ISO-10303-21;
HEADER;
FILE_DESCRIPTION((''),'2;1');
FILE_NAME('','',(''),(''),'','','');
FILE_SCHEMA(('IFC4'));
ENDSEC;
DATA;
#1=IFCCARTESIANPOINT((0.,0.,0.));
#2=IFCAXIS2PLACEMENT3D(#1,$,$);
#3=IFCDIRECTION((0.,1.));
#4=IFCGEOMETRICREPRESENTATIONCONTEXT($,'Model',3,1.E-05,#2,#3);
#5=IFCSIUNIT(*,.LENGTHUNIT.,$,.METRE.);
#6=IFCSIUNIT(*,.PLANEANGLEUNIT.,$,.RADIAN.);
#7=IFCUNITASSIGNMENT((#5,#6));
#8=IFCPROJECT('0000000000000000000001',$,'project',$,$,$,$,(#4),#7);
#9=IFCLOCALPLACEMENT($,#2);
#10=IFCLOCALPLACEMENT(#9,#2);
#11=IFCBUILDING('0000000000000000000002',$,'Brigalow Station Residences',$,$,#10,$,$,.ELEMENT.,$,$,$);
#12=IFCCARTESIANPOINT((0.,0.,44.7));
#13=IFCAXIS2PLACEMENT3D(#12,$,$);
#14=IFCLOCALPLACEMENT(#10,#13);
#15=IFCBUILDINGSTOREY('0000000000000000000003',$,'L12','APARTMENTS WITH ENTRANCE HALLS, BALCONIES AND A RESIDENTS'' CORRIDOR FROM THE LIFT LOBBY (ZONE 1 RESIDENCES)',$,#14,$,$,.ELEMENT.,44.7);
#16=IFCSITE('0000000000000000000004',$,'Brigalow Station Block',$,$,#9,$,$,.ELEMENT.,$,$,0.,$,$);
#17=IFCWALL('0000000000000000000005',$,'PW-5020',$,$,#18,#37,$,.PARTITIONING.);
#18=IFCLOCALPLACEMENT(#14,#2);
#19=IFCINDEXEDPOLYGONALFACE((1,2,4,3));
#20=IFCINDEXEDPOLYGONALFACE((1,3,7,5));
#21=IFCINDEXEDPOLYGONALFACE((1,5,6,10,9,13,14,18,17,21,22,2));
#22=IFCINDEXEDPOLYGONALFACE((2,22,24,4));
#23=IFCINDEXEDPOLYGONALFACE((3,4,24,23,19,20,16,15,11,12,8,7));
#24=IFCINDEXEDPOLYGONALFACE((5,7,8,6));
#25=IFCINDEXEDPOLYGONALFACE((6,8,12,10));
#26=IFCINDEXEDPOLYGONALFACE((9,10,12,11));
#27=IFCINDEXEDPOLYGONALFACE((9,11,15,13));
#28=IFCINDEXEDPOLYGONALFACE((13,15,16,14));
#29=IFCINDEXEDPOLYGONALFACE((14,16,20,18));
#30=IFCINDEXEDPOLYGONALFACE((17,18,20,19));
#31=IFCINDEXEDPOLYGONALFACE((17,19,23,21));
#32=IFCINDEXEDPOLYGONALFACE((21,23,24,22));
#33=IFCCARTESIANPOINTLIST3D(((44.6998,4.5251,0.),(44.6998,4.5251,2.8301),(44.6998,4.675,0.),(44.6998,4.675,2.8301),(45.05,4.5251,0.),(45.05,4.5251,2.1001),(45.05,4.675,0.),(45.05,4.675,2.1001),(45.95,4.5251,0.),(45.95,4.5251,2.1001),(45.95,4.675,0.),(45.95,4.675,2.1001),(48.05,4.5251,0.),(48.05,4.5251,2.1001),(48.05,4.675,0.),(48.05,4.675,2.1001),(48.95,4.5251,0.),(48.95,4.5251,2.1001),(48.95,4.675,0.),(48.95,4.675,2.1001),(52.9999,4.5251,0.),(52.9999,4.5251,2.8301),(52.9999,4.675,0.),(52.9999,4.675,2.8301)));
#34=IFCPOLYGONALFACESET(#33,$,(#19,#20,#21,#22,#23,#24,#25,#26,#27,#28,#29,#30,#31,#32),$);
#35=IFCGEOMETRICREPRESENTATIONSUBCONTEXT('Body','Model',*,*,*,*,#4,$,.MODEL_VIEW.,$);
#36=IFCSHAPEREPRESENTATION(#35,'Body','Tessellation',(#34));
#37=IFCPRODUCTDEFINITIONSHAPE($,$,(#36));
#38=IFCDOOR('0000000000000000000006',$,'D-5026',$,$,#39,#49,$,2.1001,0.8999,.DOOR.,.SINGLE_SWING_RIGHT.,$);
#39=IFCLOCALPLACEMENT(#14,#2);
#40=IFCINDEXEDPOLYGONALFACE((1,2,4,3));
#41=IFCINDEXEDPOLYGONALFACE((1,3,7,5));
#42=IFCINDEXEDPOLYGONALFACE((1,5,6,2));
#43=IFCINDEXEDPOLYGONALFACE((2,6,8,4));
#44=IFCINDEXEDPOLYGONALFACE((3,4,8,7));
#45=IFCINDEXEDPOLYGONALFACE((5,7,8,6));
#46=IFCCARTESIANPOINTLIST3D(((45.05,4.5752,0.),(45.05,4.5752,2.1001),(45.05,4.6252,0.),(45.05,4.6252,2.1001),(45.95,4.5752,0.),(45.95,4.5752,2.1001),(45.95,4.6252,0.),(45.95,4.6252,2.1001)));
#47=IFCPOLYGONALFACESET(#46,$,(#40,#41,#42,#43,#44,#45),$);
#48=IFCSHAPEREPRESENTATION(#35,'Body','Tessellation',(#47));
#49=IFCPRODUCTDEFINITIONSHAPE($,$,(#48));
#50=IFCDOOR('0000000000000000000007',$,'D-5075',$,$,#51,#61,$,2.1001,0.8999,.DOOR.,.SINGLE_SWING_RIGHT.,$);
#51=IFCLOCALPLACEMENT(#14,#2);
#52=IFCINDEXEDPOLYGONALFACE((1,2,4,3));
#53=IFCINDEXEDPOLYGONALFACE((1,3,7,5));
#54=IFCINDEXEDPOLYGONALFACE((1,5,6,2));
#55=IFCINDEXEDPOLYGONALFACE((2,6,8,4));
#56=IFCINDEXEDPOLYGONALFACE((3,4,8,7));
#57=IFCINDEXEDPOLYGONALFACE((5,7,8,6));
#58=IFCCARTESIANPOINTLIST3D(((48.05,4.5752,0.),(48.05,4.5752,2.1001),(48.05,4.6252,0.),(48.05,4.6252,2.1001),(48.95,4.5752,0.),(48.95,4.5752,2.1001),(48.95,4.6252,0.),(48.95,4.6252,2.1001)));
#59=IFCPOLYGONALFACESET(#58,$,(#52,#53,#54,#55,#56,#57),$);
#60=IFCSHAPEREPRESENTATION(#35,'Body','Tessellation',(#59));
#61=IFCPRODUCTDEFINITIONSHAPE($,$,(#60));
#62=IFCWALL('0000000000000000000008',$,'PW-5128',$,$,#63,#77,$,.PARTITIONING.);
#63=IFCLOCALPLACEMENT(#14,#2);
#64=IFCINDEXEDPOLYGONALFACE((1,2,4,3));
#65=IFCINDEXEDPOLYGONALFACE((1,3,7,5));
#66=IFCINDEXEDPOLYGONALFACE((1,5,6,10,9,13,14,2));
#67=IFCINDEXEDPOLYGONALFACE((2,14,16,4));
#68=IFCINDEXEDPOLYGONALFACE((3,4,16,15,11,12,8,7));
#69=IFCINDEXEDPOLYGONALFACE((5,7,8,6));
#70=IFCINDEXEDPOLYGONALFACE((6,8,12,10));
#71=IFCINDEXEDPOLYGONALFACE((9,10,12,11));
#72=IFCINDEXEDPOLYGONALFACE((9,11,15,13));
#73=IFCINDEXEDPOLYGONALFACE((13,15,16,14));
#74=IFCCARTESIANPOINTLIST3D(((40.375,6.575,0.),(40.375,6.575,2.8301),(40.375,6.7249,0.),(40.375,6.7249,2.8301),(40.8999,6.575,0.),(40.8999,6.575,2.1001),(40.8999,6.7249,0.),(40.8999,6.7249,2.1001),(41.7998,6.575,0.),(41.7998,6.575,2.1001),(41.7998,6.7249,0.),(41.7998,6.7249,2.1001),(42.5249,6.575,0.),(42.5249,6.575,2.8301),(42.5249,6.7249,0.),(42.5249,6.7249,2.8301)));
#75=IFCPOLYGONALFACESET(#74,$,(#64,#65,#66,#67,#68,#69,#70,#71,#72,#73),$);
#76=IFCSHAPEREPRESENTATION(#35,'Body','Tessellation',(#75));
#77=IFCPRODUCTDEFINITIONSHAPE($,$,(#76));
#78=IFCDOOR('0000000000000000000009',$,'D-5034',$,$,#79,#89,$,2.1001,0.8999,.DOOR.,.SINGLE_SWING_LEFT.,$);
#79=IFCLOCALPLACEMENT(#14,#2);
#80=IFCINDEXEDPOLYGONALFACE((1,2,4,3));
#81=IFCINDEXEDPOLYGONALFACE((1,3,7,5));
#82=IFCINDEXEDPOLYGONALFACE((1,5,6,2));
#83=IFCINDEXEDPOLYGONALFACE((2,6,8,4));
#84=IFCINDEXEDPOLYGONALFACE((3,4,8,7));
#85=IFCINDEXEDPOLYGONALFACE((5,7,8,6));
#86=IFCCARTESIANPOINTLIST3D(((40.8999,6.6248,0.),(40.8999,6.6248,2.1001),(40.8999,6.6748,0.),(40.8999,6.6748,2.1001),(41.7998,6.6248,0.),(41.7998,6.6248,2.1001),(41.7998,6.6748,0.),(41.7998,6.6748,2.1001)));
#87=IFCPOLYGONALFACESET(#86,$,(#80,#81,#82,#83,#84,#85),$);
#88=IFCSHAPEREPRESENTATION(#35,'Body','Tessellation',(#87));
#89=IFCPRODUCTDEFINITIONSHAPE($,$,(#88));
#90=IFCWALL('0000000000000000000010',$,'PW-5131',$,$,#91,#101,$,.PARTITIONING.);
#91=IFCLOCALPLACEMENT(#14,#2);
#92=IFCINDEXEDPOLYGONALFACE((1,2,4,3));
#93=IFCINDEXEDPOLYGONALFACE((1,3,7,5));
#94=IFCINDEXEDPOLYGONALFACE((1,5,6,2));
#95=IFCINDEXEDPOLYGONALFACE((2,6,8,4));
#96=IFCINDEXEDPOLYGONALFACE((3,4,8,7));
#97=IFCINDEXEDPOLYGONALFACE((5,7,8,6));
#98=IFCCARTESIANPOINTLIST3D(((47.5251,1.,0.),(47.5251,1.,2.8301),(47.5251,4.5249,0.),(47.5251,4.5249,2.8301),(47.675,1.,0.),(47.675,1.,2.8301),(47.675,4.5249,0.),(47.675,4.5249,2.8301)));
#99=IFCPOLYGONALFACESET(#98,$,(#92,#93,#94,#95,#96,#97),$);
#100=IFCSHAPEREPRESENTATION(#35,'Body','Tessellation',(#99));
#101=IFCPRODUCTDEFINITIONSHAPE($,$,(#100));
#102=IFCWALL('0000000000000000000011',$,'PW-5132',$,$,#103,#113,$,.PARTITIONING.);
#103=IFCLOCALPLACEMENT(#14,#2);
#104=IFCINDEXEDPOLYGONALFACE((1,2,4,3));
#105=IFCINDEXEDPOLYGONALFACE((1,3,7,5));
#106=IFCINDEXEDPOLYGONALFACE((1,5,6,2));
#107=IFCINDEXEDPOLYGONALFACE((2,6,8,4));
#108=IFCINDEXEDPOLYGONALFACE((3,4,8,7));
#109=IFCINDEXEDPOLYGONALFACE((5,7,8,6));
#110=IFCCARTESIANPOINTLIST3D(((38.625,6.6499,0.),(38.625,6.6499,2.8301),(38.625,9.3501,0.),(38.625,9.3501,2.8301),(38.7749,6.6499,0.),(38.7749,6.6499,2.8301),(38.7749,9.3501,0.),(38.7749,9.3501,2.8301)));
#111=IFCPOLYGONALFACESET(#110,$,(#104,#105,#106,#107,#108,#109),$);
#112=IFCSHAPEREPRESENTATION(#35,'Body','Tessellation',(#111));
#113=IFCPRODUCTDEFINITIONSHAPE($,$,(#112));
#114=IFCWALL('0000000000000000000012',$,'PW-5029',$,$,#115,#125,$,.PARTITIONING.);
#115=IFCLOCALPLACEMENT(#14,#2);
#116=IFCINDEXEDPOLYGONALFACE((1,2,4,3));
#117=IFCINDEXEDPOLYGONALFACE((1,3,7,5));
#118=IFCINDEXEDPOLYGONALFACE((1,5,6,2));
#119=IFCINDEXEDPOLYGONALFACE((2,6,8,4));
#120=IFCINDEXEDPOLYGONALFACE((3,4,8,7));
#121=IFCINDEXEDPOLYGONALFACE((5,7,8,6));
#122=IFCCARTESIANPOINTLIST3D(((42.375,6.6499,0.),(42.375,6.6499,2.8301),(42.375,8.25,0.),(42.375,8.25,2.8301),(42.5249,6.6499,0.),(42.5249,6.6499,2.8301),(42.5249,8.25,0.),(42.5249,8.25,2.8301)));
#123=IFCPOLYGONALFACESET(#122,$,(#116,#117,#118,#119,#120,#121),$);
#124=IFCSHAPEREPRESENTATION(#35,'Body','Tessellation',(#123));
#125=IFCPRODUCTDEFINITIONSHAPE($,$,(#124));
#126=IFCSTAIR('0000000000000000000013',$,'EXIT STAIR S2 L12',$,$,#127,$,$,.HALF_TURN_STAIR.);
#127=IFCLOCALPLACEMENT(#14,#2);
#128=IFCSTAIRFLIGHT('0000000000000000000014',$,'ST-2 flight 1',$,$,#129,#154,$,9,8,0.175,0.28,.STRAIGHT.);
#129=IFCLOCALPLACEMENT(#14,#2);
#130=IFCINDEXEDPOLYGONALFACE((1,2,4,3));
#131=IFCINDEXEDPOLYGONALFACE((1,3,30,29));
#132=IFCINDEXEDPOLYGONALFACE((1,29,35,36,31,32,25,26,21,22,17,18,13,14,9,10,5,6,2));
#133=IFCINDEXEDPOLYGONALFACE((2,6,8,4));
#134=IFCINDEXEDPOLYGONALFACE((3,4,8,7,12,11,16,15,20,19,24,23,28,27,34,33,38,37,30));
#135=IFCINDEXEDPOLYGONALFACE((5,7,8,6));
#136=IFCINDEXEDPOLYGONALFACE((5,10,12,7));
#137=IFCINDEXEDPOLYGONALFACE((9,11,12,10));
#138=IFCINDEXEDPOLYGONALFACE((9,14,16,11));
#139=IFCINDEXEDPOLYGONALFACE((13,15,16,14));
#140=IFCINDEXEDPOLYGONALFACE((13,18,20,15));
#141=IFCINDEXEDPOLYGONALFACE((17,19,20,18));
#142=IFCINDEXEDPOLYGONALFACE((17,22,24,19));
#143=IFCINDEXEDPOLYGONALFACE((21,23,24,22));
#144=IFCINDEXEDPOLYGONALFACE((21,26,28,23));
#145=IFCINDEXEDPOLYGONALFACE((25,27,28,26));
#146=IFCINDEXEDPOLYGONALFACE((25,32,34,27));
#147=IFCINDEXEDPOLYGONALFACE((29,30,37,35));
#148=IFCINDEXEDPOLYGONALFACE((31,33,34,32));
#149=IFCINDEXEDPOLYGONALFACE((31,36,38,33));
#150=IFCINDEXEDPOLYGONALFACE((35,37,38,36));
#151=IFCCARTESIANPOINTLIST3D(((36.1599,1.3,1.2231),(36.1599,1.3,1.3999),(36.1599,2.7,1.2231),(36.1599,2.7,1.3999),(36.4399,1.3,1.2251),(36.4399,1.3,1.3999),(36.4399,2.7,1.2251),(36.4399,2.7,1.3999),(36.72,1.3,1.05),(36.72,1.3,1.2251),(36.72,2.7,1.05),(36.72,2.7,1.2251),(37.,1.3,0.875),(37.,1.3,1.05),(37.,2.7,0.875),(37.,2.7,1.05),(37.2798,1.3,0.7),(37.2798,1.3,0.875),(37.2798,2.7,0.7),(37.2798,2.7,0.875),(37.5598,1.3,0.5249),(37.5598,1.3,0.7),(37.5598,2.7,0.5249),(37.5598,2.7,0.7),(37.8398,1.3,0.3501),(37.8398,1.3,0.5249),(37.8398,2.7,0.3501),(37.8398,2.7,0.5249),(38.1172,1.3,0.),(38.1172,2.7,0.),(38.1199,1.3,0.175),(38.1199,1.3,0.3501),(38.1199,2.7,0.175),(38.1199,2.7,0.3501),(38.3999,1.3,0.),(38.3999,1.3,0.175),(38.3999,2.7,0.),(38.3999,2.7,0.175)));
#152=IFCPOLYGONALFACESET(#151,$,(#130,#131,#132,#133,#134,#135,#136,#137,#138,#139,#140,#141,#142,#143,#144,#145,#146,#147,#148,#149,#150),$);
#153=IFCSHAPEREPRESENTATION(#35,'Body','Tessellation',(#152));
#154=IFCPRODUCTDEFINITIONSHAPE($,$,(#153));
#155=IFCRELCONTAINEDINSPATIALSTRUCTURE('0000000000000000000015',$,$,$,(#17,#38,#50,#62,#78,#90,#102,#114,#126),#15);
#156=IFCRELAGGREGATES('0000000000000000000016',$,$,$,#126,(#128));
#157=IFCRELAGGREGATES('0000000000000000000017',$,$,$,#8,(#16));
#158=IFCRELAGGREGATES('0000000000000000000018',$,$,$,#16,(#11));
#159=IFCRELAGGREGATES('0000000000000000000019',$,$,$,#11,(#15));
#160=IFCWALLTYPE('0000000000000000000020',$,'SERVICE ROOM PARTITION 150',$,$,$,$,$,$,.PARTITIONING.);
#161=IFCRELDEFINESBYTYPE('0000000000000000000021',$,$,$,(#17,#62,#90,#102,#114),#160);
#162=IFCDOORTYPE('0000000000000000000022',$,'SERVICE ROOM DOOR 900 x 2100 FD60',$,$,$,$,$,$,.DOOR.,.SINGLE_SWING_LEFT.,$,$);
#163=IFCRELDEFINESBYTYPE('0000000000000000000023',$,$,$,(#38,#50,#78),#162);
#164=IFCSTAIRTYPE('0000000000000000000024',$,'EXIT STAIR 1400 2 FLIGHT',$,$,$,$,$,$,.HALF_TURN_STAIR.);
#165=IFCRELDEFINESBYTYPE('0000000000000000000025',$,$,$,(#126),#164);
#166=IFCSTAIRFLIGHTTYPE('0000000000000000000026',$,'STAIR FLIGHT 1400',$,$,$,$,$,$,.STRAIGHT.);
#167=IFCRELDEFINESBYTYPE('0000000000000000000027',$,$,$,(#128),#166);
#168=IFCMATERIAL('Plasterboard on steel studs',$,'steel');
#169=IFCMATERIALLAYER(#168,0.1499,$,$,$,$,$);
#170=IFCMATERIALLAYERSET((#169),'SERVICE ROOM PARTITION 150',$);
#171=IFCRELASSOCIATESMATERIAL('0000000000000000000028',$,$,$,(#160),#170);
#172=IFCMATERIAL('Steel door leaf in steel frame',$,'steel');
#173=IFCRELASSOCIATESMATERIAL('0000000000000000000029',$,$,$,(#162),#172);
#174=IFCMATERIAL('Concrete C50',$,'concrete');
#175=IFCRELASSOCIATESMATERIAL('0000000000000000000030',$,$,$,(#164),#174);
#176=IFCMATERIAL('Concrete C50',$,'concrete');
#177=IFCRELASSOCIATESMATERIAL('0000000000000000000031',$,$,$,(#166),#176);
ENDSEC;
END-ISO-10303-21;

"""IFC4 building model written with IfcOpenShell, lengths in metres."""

from ifc_helpers import new_model, si_unit, direction, frame, frame_2d, origin, place, context, subcontext, project, spatial, polyline, rectangle, outline, extrude, material, layer, layer_set, type_object, element, fill, aggregate, save


model = new_model("IFC4")

# Units and contexts
model_context = context("Model", 3, precision=1e-05, world=origin(), true_north=direction((0.0, 1.0)))
body_context = subcontext(model_context, "Body", "Model", "MODEL_VIEW")
ifc_project = project(units=[si_unit("LENGTHUNIT", "METRE"), si_unit("PLANEANGLEUNIT", "RADIAN")], contexts=[model_context])

# Site, building, storey
site_placement = place(None, origin())
site = spatial("IfcSite", under=ifc_project, at=site_placement, Name="Brigalow Station Block", CompositionType="ELEMENT", RefElevation=0.0)
building_placement = place(site_placement, origin())
building = spatial("IfcBuilding", under=site, at=building_placement, Name="Brigalow Station Residences", CompositionType="ELEMENT")
storey_placement = place(building_placement, frame((0.0, 0.0, 44.7)))
storey = spatial("IfcBuildingStorey", under=building, at=storey_placement, Name="L12", Description="APARTMENTS WITH ENTRANCE HALLS, BALCONIES AND A RESIDENTS' CORRIDOR FROM THE LIFT LOBBY (ZONE 1 RESIDENCES)", CompositionType="ELEMENT", Elevation=44.7)

# Wall, openings, doors
ifc_material_1 = material(Name="Plasterboard on steel studs", Category="steel")
ifc_layer_1 = layer(ifc_material_1, 0.1499)
ifc_layer_set_1 = layer_set([ifc_layer_1], Name="SERVICE ROOM PARTITION 150")
wall_type_1 = type_object("IfcWallType", Name="SERVICE ROOM PARTITION 150", PredefinedType="PARTITIONING", material=ifc_layer_set_1)
wall_1_placement = place(storey_placement, frame((44.7, 4.6001, 0.0), z_axis=(0.0, 0.0, 1.0), x_axis=(1.0, 0.0, 0.0)))
wall_1 = element("IfcWall", 1, at=wall_1_placement, inside=storey, type_object=wall_type_1, Name="PW-5020", PredefinedType="PARTITIONING", context=body_context, shape_type="SweptSolid", body=[
    extrude(rectangle(XDim=8.3, YDim=0.1499, at=frame_2d((4.1499, 0.0))), origin(), (0.0, 0.0, 1.0), 2.8301),
])
opening_1_placement = place(wall_1_placement, frame((0.3501, 0.0, 0.0)))
opening_1 = element("IfcOpeningElement", 2, at=opening_1_placement, cuts=wall_1, PredefinedType="OPENING", context=body_context, shape_type="SweptSolid", body=[
    extrude(rectangle(XDim=0.8999, YDim=2.1001, at=frame_2d((0.45, 1.05))), frame((0.0, 0.085, 0.0), z_axis=(0.0, -1.0, 0.0), x_axis=(1.0, 0.0, 0.0)), (0.0, 0.0, 1.0), 0.1699),
])
opening_2_placement = place(wall_1_placement, frame((3.3501, 0.0, 0.0)))
opening_2 = element("IfcOpeningElement", 3, at=opening_2_placement, cuts=wall_1, PredefinedType="OPENING", context=body_context, shape_type="SweptSolid", body=[
    extrude(rectangle(XDim=0.8999, YDim=2.1001, at=frame_2d((0.45, 1.05))), frame((0.0, 0.085, 0.0), z_axis=(0.0, -1.0, 0.0), x_axis=(1.0, 0.0, 0.0)), (0.0, 0.0, 1.0), 0.1699),
])
ifc_material_2 = material(Name="Steel door leaf in steel frame", Category="steel")
door_type_1 = type_object("IfcDoorType", Name="SERVICE ROOM DOOR 900 x 2100 FD60", OperationType="SINGLE_SWING_LEFT", PredefinedType="DOOR", material=ifc_material_2)
door_1_placement = place(opening_1_placement, frame((0.8999, 0.0, 0.0), z_axis=(0.0, 0.0, 1.0), x_axis=(-1.0, 0.0, 0.0)))
door_1 = element("IfcDoor", 4, at=door_1_placement, inside=storey, type_object=door_type_1, Name="D-5026", OperationType="SINGLE_SWING_RIGHT", OverallHeight=2.1001, OverallWidth=0.8999, PredefinedType="DOOR", context=body_context, shape_type="SweptSolid", body=[
    extrude(rectangle(XDim=0.8999, YDim=2.1001, at=frame_2d((0.45, 1.05))), frame((0.0, 0.0249, 0.0), z_axis=(0.0, -1.0, 0.0), x_axis=(1.0, 0.0, 0.0)), (0.0, 0.0, 1.0), 0.05),
])
fill(opening_1, door_1)
door_2_placement = place(opening_2_placement, frame((0.8999, 0.0, 0.0), z_axis=(0.0, 0.0, 1.0), x_axis=(-1.0, 0.0, 0.0)))
door_2 = element("IfcDoor", 5, at=door_2_placement, inside=storey, type_object=door_type_1, Name="D-5075", OperationType="SINGLE_SWING_RIGHT", OverallHeight=2.1001, OverallWidth=0.8999, PredefinedType="DOOR", context=body_context, shape_type="SweptSolid", body=[
    extrude(rectangle(XDim=0.8999, YDim=2.1001, at=frame_2d((0.45, 1.05))), frame((0.0, 0.0249, 0.0), z_axis=(0.0, -1.0, 0.0), x_axis=(1.0, 0.0, 0.0)), (0.0, 0.0, 1.0), 0.05),
])
fill(opening_2, door_2)

# Wall, opening, door
wall_2_placement = place(storey_placement, frame((40.375, 6.6499, 0.0), z_axis=(0.0, 0.0, 1.0), x_axis=(1.0, 0.0, 0.0)))
wall_2 = element("IfcWall", 6, at=wall_2_placement, inside=storey, type_object=wall_type_1, Name="PW-5128", PredefinedType="PARTITIONING", context=body_context, shape_type="SweptSolid", body=[
    extrude(rectangle(XDim=2.1499, YDim=0.1499, at=frame_2d((1.075, 0.0))), origin(), (0.0, 0.0, 1.0), 2.8301),
])
opening_3_placement = place(wall_2_placement, frame((0.5249, 0.0, 0.0)))
opening_3 = element("IfcOpeningElement", 7, at=opening_3_placement, cuts=wall_2, PredefinedType="OPENING", context=body_context, shape_type="SweptSolid", body=[
    extrude(rectangle(XDim=0.8999, YDim=2.1001, at=frame_2d((0.45, 1.05))), frame((0.0, 0.085, 0.0), z_axis=(0.0, -1.0, 0.0), x_axis=(1.0, 0.0, 0.0)), (0.0, 0.0, 1.0), 0.1699),
])
door_3_placement = place(opening_3_placement, origin())
door_3 = element("IfcDoor", 8, at=door_3_placement, inside=storey, type_object=door_type_1, Name="D-5034", OperationType="SINGLE_SWING_LEFT", OverallHeight=2.1001, OverallWidth=0.8999, PredefinedType="DOOR", context=body_context, shape_type="SweptSolid", body=[
    extrude(rectangle(XDim=0.8999, YDim=2.1001, at=frame_2d((0.45, 1.05))), frame((0.0, 0.0249, 0.0), z_axis=(0.0, -1.0, 0.0), x_axis=(1.0, 0.0, 0.0)), (0.0, 0.0, 1.0), 0.05),
])
fill(opening_3, door_3)

# Walls
wall_3_placement = place(storey_placement, frame((47.6001, 1.0, 0.0), z_axis=(0.0, 0.0, 1.0), x_axis=(0.0, 1.0, 0.0)))
element("IfcWall", 9, at=wall_3_placement, inside=storey, type_object=wall_type_1, Name="PW-5131", PredefinedType="PARTITIONING", context=body_context, shape_type="SweptSolid", body=[
    extrude(rectangle(XDim=3.5249, YDim=0.1499, at=frame_2d((1.7625, 0.0))), origin(), (0.0, 0.0, 1.0), 2.8301),
])
wall_4_placement = place(storey_placement, frame((38.7, 6.6499, 0.0), z_axis=(0.0, 0.0, 1.0), x_axis=(0.0, 1.0, 0.0)))
element("IfcWall", 10, at=wall_4_placement, inside=storey, type_object=wall_type_1, Name="PW-5132", PredefinedType="PARTITIONING", context=body_context, shape_type="SweptSolid", body=[
    extrude(rectangle(XDim=2.7002, YDim=0.1499, at=frame_2d((1.3501, 0.0))), origin(), (0.0, 0.0, 1.0), 2.8301),
])
wall_5_placement = place(storey_placement, frame((42.45, 6.6499, 0.0), z_axis=(0.0, 0.0, 1.0), x_axis=(0.0, 1.0, 0.0)))
element("IfcWall", 11, at=wall_5_placement, inside=storey, type_object=wall_type_1, Name="PW-5029", PredefinedType="PARTITIONING", context=body_context, shape_type="SweptSolid", body=[
    extrude(rectangle(XDim=1.6001, YDim=0.1499, at=frame_2d((0.8, 0.0))), origin(), (0.0, 0.0, 1.0), 2.8301),
])

# Stair, stair flight
ifc_material_3 = material(Name="Concrete C50", Category="concrete")
stair_type = type_object("IfcStairType", Name="EXIT STAIR 1400 2 FLIGHT", PredefinedType="HALF_TURN_STAIR", material=ifc_material_3)
stair_placement = place(storey_placement, origin())
stair = element("IfcStair", 12, at=stair_placement, inside=storey, type_object=stair_type, Name="EXIT STAIR S2 L12", PredefinedType="HALF_TURN_STAIR")
ifc_material_4 = material(Name="Concrete C50", Category="concrete")
stair_flight_type = type_object("IfcStairFlightType", Name="STAIR FLIGHT 1400", PredefinedType="STRAIGHT", material=ifc_material_4)
stair_flight_1_placement = place(storey_placement, frame((38.3999, 2.0, 0.0), z_axis=(0.0, 0.0, 1.0), x_axis=(-1.0, 0.0, 0.0)))
stair_flight_1 = element("IfcStairFlight", 13, at=stair_flight_1_placement, type_object=stair_flight_type, Name="ST-2 flight 1", NumberOfRisers=9, NumberOfTreads=8, PredefinedType="STRAIGHT", RiserHeight=0.175, TreadLength=0.28, context=body_context, shape_type="SweptSolid", body=[
    extrude(outline(polyline([(0.0, 0.0), (0.0, 0.175), (0.28, 0.175), (0.28, 0.3501), (0.5601, 0.3501), (0.5601, 0.5249), (0.8401, 0.5249), (0.8401, 0.7), (1.1201, 0.7), (1.1201, 0.875), (1.3999, 0.875), (1.3999, 1.05), (1.6799, 1.05), (1.6799, 1.2251), (1.96, 1.2251), (1.96, 1.3999), (2.24, 1.3999), (2.24, 1.575), (2.24, 1.2231), (0.2827, 0.0), (0.0, 0.0)])), frame((0.0, 0.7, 0.0), z_axis=(0.0, -1.0, 0.0), x_axis=(1.0, 0.0, 0.0)), (0.0, 0.0, 1.0), 1.3999),
])
aggregate(stair, [stair_flight_1])

save(model, "model.ifc")
